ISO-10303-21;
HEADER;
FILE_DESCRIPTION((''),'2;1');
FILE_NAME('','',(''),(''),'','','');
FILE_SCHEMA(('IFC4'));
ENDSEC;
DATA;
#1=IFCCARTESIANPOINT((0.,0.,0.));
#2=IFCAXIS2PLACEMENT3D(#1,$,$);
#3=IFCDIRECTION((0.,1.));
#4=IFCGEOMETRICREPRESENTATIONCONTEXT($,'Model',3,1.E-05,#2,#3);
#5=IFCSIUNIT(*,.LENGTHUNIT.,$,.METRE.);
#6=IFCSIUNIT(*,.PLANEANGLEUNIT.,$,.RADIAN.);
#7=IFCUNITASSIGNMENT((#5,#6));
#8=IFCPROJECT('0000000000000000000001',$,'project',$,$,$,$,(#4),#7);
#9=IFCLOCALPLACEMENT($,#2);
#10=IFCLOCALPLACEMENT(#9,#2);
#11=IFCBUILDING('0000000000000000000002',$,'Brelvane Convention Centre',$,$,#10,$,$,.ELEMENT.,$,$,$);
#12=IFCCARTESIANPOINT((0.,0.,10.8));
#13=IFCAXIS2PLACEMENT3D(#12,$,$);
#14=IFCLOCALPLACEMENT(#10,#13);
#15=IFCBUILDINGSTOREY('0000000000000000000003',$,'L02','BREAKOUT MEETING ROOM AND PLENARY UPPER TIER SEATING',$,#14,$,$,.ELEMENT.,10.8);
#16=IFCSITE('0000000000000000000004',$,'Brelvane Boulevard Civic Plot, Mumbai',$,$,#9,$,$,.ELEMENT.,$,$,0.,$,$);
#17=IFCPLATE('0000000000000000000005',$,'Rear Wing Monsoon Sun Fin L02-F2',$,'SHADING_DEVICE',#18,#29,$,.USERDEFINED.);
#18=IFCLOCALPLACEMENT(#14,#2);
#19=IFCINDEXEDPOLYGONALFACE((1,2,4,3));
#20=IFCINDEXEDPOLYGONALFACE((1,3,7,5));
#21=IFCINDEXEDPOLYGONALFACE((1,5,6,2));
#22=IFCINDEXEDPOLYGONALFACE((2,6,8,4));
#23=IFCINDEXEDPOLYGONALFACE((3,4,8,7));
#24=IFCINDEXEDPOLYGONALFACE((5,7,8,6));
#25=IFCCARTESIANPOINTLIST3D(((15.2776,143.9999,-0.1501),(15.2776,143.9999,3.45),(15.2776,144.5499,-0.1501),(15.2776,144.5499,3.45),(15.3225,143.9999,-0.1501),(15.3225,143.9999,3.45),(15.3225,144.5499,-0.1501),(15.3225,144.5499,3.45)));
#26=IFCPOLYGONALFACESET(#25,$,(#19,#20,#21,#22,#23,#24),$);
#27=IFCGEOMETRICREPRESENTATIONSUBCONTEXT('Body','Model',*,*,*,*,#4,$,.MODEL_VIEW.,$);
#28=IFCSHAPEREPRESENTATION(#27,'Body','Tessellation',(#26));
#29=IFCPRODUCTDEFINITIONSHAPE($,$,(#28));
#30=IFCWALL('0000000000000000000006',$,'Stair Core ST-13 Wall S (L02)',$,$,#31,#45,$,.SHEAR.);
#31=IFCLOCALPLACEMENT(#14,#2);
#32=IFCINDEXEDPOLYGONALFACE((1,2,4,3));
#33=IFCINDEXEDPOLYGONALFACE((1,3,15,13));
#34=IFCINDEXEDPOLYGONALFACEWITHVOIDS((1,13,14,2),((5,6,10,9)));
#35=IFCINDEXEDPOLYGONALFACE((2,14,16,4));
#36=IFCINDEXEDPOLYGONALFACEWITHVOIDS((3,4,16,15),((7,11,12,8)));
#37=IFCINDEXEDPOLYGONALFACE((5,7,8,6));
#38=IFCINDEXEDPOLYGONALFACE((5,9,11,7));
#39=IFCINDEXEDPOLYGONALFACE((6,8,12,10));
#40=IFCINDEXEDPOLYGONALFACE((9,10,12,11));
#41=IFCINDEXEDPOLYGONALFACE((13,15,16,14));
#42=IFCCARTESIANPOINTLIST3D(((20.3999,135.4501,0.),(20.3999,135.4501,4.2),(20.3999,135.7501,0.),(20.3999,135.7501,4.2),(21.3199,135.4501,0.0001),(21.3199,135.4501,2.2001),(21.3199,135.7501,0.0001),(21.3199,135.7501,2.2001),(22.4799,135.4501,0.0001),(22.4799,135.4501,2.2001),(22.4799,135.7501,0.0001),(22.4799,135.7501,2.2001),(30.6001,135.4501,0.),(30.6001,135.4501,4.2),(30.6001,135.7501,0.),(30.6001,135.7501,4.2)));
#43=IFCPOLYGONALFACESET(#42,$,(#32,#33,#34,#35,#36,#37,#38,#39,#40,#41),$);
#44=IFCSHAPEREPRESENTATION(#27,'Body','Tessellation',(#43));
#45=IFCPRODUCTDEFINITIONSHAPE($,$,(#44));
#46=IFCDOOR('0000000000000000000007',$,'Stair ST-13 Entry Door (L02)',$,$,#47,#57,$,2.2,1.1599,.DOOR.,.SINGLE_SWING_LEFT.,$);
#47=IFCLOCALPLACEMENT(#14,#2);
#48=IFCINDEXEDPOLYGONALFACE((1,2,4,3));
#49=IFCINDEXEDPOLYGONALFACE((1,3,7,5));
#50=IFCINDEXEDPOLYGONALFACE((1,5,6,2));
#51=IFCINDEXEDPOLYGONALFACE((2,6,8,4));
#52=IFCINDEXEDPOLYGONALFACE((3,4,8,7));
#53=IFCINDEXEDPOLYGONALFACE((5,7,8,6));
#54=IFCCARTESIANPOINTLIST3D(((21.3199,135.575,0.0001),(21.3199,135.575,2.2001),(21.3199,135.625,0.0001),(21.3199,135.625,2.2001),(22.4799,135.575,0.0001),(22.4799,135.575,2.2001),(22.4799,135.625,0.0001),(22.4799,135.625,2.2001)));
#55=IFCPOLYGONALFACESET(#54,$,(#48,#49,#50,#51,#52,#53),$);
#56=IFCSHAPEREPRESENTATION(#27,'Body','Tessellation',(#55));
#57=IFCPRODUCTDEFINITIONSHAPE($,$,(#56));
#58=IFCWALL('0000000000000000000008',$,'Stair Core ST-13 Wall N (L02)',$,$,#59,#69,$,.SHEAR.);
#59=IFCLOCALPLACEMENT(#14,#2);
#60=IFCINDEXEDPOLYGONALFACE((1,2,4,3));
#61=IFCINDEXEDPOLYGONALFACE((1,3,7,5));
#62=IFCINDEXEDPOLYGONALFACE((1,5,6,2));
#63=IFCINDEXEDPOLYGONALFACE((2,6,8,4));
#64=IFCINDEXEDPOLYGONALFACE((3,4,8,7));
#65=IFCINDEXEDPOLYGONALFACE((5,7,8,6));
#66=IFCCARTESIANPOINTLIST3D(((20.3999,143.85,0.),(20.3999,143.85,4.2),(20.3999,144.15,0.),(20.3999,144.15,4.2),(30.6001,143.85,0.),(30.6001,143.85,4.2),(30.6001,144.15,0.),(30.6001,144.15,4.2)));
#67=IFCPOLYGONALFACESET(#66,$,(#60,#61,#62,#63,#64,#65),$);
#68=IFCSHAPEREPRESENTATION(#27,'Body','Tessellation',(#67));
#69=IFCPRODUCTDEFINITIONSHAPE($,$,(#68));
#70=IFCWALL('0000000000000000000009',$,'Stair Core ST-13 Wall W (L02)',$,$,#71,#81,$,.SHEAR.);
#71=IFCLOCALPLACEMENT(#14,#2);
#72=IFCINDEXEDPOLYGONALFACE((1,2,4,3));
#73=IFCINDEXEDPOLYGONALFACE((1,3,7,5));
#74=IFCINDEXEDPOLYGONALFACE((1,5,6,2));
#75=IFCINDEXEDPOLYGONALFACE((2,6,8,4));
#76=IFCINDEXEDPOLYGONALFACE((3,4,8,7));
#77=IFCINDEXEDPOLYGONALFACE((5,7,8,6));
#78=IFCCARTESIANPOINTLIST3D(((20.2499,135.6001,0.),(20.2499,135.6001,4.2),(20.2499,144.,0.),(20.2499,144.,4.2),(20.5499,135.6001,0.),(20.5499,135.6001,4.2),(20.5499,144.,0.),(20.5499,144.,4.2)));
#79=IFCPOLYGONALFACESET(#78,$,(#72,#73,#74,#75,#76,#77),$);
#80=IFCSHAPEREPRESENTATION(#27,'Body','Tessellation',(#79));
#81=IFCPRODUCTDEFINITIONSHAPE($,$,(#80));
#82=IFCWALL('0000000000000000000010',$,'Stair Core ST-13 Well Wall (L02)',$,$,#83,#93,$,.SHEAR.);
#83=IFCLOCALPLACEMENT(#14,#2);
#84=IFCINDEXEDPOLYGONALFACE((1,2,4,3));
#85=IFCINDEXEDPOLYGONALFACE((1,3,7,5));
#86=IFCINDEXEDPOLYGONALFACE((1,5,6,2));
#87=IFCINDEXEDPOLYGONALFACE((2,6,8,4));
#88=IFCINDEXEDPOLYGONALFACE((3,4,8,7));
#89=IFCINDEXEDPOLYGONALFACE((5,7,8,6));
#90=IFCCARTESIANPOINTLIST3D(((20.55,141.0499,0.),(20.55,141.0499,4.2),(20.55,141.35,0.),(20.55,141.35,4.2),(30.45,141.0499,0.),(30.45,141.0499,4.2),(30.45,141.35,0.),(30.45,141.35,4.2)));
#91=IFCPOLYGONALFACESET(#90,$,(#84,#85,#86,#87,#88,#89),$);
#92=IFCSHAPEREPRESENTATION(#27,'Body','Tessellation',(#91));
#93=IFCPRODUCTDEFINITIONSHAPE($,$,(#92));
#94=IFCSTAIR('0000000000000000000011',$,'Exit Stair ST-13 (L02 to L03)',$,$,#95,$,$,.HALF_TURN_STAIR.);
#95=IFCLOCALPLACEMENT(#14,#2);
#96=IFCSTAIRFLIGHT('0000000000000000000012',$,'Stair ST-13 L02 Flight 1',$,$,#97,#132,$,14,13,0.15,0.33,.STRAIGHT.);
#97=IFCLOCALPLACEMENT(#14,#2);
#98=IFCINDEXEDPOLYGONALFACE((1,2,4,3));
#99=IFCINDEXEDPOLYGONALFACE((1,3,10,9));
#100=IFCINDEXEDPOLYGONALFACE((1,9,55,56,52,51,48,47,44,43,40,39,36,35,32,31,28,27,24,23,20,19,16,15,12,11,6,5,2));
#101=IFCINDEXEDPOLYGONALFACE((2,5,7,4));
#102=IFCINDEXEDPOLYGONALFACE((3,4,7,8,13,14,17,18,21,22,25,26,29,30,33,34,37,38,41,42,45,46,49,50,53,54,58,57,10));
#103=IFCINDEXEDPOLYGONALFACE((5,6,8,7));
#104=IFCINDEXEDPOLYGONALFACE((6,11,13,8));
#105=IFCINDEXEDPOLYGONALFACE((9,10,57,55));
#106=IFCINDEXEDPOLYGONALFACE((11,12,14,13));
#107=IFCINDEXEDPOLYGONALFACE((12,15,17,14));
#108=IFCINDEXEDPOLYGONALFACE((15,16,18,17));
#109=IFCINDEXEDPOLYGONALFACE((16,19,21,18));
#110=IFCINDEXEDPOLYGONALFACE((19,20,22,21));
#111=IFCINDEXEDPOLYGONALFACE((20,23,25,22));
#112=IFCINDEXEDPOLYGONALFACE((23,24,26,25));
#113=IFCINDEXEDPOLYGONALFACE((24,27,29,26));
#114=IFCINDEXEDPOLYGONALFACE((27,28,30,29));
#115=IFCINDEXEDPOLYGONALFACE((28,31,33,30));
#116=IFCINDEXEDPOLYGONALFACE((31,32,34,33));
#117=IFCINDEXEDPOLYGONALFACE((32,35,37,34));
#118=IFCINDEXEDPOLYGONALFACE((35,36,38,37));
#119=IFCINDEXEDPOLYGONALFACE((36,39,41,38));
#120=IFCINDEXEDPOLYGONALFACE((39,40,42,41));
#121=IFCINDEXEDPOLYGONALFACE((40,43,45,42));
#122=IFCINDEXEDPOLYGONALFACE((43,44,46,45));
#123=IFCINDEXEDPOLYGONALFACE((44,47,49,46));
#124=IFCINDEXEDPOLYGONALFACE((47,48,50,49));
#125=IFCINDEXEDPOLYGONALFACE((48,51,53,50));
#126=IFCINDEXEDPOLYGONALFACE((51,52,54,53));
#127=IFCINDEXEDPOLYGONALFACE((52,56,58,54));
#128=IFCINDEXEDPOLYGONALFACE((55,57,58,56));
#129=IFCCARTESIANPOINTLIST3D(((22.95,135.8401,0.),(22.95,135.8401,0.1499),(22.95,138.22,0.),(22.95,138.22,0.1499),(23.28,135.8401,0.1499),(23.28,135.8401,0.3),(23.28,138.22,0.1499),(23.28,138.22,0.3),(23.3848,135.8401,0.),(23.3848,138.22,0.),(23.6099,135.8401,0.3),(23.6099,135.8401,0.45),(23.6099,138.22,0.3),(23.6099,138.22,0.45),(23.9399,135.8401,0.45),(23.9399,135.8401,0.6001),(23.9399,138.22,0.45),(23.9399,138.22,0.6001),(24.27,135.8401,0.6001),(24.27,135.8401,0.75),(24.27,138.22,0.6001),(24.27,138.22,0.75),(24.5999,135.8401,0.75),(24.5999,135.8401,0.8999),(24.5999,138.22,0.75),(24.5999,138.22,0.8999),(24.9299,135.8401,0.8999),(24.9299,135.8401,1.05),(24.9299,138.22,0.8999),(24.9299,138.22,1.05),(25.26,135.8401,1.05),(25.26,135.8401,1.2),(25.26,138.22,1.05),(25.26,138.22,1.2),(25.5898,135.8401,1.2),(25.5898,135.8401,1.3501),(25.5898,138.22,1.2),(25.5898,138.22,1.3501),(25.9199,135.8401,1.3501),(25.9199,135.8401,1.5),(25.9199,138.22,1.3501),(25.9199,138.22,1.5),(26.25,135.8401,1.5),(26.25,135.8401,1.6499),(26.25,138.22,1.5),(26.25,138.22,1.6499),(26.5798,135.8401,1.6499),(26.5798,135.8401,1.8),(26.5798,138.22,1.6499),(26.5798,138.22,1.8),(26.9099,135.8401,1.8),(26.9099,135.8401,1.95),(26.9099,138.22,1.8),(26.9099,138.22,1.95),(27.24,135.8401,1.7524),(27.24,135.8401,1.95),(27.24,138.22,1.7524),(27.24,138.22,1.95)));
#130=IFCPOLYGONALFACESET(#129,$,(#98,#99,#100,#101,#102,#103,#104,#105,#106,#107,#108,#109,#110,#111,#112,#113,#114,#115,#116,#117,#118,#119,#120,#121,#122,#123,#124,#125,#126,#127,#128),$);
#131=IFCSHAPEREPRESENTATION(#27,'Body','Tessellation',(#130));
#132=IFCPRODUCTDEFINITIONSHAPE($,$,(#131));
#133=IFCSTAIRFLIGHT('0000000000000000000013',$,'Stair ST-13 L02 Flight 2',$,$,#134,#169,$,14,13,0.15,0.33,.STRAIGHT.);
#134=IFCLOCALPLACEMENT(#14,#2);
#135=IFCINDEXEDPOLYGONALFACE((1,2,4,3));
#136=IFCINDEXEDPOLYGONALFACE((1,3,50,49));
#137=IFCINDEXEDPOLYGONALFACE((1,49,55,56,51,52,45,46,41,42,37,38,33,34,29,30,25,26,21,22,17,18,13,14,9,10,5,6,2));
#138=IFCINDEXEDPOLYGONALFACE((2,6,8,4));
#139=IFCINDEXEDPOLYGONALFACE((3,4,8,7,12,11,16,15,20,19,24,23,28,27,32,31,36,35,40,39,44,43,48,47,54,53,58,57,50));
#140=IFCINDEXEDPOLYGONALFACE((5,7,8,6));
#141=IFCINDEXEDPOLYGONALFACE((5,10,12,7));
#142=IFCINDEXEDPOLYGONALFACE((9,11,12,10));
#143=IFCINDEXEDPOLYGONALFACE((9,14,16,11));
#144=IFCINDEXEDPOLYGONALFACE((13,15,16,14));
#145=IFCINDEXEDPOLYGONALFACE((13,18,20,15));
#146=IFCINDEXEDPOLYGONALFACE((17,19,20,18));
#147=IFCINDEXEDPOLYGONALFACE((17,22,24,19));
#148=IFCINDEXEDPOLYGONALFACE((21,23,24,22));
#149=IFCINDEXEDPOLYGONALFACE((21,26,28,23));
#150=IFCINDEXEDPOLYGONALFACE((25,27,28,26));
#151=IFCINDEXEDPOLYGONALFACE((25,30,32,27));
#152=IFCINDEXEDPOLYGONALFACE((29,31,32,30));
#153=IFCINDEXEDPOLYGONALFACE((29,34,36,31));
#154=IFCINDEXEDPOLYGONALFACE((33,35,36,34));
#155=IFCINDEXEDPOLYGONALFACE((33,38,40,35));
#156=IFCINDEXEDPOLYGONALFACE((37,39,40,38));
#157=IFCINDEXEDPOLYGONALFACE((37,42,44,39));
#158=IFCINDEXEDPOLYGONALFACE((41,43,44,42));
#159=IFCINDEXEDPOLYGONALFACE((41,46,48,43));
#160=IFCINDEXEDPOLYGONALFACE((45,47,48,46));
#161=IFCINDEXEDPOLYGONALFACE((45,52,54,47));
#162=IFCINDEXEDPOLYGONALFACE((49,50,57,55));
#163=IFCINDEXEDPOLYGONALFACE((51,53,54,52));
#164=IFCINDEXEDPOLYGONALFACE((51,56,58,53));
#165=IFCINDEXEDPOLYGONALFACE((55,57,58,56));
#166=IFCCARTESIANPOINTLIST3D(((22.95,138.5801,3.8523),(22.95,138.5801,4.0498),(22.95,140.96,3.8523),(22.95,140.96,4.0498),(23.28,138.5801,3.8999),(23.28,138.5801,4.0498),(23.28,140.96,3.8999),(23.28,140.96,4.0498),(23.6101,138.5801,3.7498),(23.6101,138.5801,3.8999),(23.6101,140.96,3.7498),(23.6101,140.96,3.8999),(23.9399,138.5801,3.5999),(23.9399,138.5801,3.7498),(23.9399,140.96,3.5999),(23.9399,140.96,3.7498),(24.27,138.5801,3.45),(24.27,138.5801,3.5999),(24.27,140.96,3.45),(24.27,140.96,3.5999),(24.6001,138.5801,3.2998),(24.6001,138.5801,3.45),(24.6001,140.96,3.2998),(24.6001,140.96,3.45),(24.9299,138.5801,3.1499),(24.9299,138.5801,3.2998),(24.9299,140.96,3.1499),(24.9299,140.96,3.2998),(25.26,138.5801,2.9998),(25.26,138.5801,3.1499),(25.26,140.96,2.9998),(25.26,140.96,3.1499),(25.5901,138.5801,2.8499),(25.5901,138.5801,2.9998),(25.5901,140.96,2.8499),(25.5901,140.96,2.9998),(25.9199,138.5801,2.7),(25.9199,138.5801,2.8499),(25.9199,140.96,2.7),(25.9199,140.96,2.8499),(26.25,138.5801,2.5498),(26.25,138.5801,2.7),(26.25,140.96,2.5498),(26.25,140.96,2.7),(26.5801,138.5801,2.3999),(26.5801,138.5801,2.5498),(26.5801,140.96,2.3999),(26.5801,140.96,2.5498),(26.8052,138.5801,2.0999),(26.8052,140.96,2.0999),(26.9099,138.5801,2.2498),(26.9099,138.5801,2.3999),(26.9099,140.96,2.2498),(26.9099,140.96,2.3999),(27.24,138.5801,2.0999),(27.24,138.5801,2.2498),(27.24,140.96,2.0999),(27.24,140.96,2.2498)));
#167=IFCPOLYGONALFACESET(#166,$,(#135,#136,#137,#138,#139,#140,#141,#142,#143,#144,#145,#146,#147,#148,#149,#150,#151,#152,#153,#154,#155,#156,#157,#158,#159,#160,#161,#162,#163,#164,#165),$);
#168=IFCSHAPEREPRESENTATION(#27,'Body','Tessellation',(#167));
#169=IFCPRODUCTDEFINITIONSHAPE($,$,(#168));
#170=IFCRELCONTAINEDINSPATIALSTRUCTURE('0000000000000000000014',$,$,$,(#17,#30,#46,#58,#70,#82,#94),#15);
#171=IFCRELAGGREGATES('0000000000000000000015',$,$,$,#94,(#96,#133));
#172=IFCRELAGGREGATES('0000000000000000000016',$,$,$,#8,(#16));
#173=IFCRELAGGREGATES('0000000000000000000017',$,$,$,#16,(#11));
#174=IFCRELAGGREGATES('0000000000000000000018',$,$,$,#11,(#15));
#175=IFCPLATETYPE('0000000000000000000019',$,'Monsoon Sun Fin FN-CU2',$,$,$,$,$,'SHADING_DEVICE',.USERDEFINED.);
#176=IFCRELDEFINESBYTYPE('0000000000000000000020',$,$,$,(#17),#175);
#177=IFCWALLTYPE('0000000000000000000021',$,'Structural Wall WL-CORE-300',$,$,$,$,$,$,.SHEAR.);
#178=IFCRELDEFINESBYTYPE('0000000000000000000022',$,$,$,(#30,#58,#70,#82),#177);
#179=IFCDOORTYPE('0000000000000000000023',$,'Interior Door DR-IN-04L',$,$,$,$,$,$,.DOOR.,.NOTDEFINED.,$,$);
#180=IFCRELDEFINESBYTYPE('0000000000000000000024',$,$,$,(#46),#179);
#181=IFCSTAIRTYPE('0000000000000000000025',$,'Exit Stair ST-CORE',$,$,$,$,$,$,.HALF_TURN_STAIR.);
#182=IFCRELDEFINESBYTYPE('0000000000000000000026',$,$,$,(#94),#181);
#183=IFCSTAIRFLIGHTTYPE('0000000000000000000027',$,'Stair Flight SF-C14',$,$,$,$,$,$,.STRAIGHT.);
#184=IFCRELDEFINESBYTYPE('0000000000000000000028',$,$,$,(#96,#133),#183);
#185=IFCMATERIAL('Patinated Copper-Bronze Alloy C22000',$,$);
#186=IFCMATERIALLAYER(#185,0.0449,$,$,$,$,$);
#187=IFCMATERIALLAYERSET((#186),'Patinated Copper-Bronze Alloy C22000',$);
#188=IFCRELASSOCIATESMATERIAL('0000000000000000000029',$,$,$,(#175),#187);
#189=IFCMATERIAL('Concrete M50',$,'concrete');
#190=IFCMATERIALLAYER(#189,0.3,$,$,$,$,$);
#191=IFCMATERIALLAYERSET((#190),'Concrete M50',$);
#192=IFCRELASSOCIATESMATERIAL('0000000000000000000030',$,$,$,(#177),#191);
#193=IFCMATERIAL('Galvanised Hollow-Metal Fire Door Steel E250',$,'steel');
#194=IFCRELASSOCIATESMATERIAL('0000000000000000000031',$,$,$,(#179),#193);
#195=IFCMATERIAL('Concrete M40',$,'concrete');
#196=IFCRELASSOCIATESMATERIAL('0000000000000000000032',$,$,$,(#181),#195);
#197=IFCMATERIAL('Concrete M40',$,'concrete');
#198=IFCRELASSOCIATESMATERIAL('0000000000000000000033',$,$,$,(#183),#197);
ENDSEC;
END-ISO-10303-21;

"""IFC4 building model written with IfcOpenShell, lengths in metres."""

from ifc_helpers import new_model, si_unit, direction, frame, frame_2d, origin, origin_2d, place, context, subcontext, project, spatial, polyline, rectangle, outline, extrude, material, layer, layer_set, type_object, element, fill, aggregate, save


model = new_model("IFC4")

# Units and contexts
model_context = context("Model", 3, precision=1e-05, world=origin(), true_north=direction((0.0, 1.0)))
body_context = subcontext(model_context, "Body", "Model", "MODEL_VIEW")
ifc_project = project(units=[si_unit("LENGTHUNIT", "METRE"), si_unit("PLANEANGLEUNIT", "RADIAN")], contexts=[model_context])

# Site, building, storey
site_placement = place(None, origin())
site = spatial("IfcSite", under=ifc_project, at=site_placement, Name="Brelvane Boulevard Civic Plot, Mumbai", CompositionType="ELEMENT", RefElevation=0.0)
building_placement = place(site_placement, origin())
building = spatial("IfcBuilding", under=site, at=building_placement, Name="Brelvane Convention Centre", CompositionType="ELEMENT")
storey_placement = place(building_placement, frame((0.0, 0.0, 10.8)))
storey = spatial("IfcBuildingStorey", under=building, at=storey_placement, Name="L02", Description="BREAKOUT MEETING ROOM AND PLENARY UPPER TIER SEATING", CompositionType="ELEMENT", Elevation=10.8)

# Plate
ifc_material_1 = material(Name="Patinated Copper-Bronze Alloy C22000")
ifc_layer_1 = layer(ifc_material_1, 0.0449)
ifc_layer_set_1 = layer_set([ifc_layer_1], Name="Patinated Copper-Bronze Alloy C22000")
plate_type_1 = type_object("IfcPlateType", Name="Monsoon Sun Fin FN-CU2", ElementType="SHADING_DEVICE", PredefinedType="USERDEFINED", material=ifc_layer_set_1)
plate_1_placement = place(storey_placement, frame((15.3, 144.2749, -0.1501), z_axis=(0.0, 0.0, 1.0), x_axis=(1.0, 0.0, 0.0)))
element("IfcPlate", 1, at=plate_1_placement, inside=storey, type_object=plate_type_1, Name="Rear Wing Monsoon Sun Fin L02-F2", ObjectType="SHADING_DEVICE", PredefinedType="USERDEFINED", context=body_context, shape_type="SweptSolid", body=[
    extrude(rectangle(XDim=0.0449, YDim=0.55, at=origin_2d()), origin(), (0.0, 0.0, 1.0), 3.6001),
])

# Wall, opening, door
ifc_material_2 = material(Name="Concrete M50", Category="concrete")
ifc_layer_2 = layer(ifc_material_2, 0.3)
ifc_layer_set_2 = layer_set([ifc_layer_2], Name="Concrete M50")
wall_type = type_object("IfcWallType", Name="Structural Wall WL-CORE-300", PredefinedType="SHEAR", material=ifc_layer_set_2)
wall_1_placement = place(storey_placement, frame((20.3999, 135.6001, 0.0), z_axis=(0.0, 0.0, 1.0), x_axis=(1.0, 0.0, 0.0)))
wall_1 = element("IfcWall", 2, at=wall_1_placement, inside=storey, type_object=wall_type, Name="Stair Core ST-13 Wall S (L02)", PredefinedType="SHEAR", context=body_context, shape_type="SweptSolid", body=[
    extrude(rectangle(XDim=10.2002, YDim=0.3, at=frame_2d((5.1001, 0.0))), origin(), (0.0, 0.0, 1.0), 4.2),
])
opening_placement = place(wall_1_placement, frame((0.9199, 0.0, 0.0)))
opening = element("IfcOpeningElement", 3, at=opening_placement, cuts=wall_1, PredefinedType="OPENING", context=body_context, shape_type="SweptSolid", body=[
    extrude(rectangle(XDim=1.1599, YDim=2.2, at=frame_2d((0.5801, 1.1001))), frame((0.0, 0.1599, 0.0), z_axis=(0.0, -1.0, 0.0), x_axis=(1.0, 0.0, 0.0)), (0.0, 0.0, 1.0), 0.3201),
])
ifc_material_3 = material(Name="Galvanised Hollow-Metal Fire Door Steel E250", Category="steel")
door_type = type_object("IfcDoorType", Name="Interior Door DR-IN-04L", OperationType="NOTDEFINED", PredefinedType="DOOR", material=ifc_material_3)
door_placement = place(opening_placement, origin())
door = element("IfcDoor", 4, at=door_placement, inside=storey, type_object=door_type, Name="Stair ST-13 Entry Door (L02)", OperationType="SINGLE_SWING_LEFT", OverallHeight=2.2, OverallWidth=1.1599, PredefinedType="DOOR", context=body_context, shape_type="SweptSolid", body=[
    extrude(rectangle(XDim=1.1599, YDim=2.2, at=frame_2d((0.5801, 1.1001))), frame((0.0, 0.0249, 0.0), z_axis=(0.0, -1.0, 0.0), x_axis=(1.0, 0.0, 0.0)), (0.0, 0.0, 1.0), 0.05),
])
fill(opening, door)

# Walls
wall_2_placement = place(storey_placement, frame((20.3999, 144.0, 0.0), z_axis=(0.0, 0.0, 1.0), x_axis=(1.0, 0.0, 0.0)))
element("IfcWall", 5, at=wall_2_placement, inside=storey, type_object=wall_type, Name="Stair Core ST-13 Wall N (L02)", PredefinedType="SHEAR", context=body_context, shape_type="SweptSolid", body=[
    extrude(rectangle(XDim=10.2002, YDim=0.3, at=frame_2d((5.1001, 0.0))), origin(), (0.0, 0.0, 1.0), 4.2),
])
wall_3_placement = place(storey_placement, frame((20.3999, 135.6001, 0.0), z_axis=(0.0, 0.0, 1.0), x_axis=(0.0, 1.0, 0.0)))
element("IfcWall", 6, at=wall_3_placement, inside=storey, type_object=wall_type, Name="Stair Core ST-13 Wall W (L02)", PredefinedType="SHEAR", context=body_context, shape_type="SweptSolid", body=[
    extrude(rectangle(XDim=8.3999, YDim=0.3, at=frame_2d((4.2, 0.0))), origin(), (0.0, 0.0, 1.0), 4.2),
])
wall_4_placement = place(storey_placement, frame((20.55, 141.2, 0.0), z_axis=(0.0, 0.0, 1.0), x_axis=(1.0, 0.0, 0.0)))
element("IfcWall", 7, at=wall_4_placement, inside=storey, type_object=wall_type, Name="Stair Core ST-13 Well Wall (L02)", PredefinedType="SHEAR", context=body_context, shape_type="SweptSolid", body=[
    extrude(rectangle(XDim=9.8999, YDim=0.3, at=frame_2d((4.95, 0.0))), origin(), (0.0, 0.0, 1.0), 4.2),
])

# Stair, stair flights
ifc_material_4 = material(Name="Concrete M40", Category="concrete")
stair_type = type_object("IfcStairType", Name="Exit Stair ST-CORE", PredefinedType="HALF_TURN_STAIR", material=ifc_material_4)
stair_placement = place(storey_placement, origin())
stair = element("IfcStair", 8, at=stair_placement, inside=storey, type_object=stair_type, Name="Exit Stair ST-13 (L02 to L03)", PredefinedType="HALF_TURN_STAIR")
ifc_material_5 = material(Name="Concrete M40", Category="concrete")
stair_flight_type = type_object("IfcStairFlightType", Name="Stair Flight SF-C14", PredefinedType="STRAIGHT", material=ifc_material_5)
stair_flight_1_placement = place(storey_placement, frame((22.95, 137.03, 0.0), z_axis=(0.0, 0.0, 1.0), x_axis=(1.0, 0.0, 0.0)))
stair_flight_1 = element("IfcStairFlight", 9, at=stair_flight_1_placement, type_object=stair_flight_type, Name="Stair ST-13 L02 Flight 1", NumberOfRisers=14, NumberOfTreads=13, PredefinedType="STRAIGHT", RiserHeight=0.15, TreadLength=0.33, context=body_context, shape_type="SweptSolid", body=[
    extrude(outline(polyline([(0.0, 0.0), (0.0, 0.1499), (0.3301, 0.1499), (0.3301, 0.3), (0.6599, 0.3), (0.6599, 0.45), (0.99, 0.45), (0.99, 0.6001), (1.3201, 0.6001), (1.3201, 0.75), (1.6499, 0.75), (1.6499, 0.8999), (1.98, 0.8999), (1.98, 1.05), (2.3101, 1.05), (2.3101, 1.2), (2.6399, 1.2), (2.6399, 1.3501), (2.97, 1.3501), (2.97, 1.5), (3.3, 1.5), (3.3, 1.6499), (3.6299, 1.6499), (3.6299, 1.8), (3.96, 1.8), (3.96, 1.95), (4.29, 1.95), (4.29, 2.1001), (4.29, 1.7524), (0.4348, 0.0), (0.0, 0.0)])), frame((0.0, 1.1899, 0.0), z_axis=(0.0, -1.0, 0.0), x_axis=(1.0, 0.0, 0.0)), (0.0, 0.0, 1.0), 2.3799),
])
stair_flight_2_placement = place(storey_placement, frame((27.24, 139.77, 2.0999), z_axis=(0.0, 0.0, 1.0), x_axis=(-1.0, 0.0, 0.0)))
stair_flight_2 = element("IfcStairFlight", 10, at=stair_flight_2_placement, type_object=stair_flight_type, Name="Stair ST-13 L02 Flight 2", NumberOfRisers=14, NumberOfTreads=13, PredefinedType="STRAIGHT", RiserHeight=0.15, TreadLength=0.33, context=body_context, shape_type="SweptSolid", body=[
    extrude(outline(polyline([(0.0, 0.0), (0.0, 0.1499), (0.3301, 0.1499), (0.3301, 0.3), (0.6599, 0.3), (0.6599, 0.45), (0.99, 0.45), (0.99, 0.6001), (1.3201, 0.6001), (1.3201, 0.75), (1.6499, 0.75), (1.6499, 0.8999), (1.98, 0.8999), (1.98, 1.05), (2.3101, 1.05), (2.3101, 1.2), (2.6399, 1.2), (2.6399, 1.3501), (2.97, 1.3501), (2.97, 1.5), (3.3, 1.5), (3.3, 1.6499), (3.6299, 1.6499), (3.6299, 1.8), (3.96, 1.8), (3.96, 1.95), (4.29, 1.95), (4.29, 2.1001), (4.29, 1.7524), (0.4348, 0.0), (0.0, 0.0)])), frame((0.0, 1.1899, 0.0), z_axis=(0.0, -1.0, 0.0), x_axis=(1.0, 0.0, 0.0)), (0.0, 0.0, 1.0), 2.3799),
])
aggregate(stair, [stair_flight_1, stair_flight_2])

save(model, "model.ifc")
